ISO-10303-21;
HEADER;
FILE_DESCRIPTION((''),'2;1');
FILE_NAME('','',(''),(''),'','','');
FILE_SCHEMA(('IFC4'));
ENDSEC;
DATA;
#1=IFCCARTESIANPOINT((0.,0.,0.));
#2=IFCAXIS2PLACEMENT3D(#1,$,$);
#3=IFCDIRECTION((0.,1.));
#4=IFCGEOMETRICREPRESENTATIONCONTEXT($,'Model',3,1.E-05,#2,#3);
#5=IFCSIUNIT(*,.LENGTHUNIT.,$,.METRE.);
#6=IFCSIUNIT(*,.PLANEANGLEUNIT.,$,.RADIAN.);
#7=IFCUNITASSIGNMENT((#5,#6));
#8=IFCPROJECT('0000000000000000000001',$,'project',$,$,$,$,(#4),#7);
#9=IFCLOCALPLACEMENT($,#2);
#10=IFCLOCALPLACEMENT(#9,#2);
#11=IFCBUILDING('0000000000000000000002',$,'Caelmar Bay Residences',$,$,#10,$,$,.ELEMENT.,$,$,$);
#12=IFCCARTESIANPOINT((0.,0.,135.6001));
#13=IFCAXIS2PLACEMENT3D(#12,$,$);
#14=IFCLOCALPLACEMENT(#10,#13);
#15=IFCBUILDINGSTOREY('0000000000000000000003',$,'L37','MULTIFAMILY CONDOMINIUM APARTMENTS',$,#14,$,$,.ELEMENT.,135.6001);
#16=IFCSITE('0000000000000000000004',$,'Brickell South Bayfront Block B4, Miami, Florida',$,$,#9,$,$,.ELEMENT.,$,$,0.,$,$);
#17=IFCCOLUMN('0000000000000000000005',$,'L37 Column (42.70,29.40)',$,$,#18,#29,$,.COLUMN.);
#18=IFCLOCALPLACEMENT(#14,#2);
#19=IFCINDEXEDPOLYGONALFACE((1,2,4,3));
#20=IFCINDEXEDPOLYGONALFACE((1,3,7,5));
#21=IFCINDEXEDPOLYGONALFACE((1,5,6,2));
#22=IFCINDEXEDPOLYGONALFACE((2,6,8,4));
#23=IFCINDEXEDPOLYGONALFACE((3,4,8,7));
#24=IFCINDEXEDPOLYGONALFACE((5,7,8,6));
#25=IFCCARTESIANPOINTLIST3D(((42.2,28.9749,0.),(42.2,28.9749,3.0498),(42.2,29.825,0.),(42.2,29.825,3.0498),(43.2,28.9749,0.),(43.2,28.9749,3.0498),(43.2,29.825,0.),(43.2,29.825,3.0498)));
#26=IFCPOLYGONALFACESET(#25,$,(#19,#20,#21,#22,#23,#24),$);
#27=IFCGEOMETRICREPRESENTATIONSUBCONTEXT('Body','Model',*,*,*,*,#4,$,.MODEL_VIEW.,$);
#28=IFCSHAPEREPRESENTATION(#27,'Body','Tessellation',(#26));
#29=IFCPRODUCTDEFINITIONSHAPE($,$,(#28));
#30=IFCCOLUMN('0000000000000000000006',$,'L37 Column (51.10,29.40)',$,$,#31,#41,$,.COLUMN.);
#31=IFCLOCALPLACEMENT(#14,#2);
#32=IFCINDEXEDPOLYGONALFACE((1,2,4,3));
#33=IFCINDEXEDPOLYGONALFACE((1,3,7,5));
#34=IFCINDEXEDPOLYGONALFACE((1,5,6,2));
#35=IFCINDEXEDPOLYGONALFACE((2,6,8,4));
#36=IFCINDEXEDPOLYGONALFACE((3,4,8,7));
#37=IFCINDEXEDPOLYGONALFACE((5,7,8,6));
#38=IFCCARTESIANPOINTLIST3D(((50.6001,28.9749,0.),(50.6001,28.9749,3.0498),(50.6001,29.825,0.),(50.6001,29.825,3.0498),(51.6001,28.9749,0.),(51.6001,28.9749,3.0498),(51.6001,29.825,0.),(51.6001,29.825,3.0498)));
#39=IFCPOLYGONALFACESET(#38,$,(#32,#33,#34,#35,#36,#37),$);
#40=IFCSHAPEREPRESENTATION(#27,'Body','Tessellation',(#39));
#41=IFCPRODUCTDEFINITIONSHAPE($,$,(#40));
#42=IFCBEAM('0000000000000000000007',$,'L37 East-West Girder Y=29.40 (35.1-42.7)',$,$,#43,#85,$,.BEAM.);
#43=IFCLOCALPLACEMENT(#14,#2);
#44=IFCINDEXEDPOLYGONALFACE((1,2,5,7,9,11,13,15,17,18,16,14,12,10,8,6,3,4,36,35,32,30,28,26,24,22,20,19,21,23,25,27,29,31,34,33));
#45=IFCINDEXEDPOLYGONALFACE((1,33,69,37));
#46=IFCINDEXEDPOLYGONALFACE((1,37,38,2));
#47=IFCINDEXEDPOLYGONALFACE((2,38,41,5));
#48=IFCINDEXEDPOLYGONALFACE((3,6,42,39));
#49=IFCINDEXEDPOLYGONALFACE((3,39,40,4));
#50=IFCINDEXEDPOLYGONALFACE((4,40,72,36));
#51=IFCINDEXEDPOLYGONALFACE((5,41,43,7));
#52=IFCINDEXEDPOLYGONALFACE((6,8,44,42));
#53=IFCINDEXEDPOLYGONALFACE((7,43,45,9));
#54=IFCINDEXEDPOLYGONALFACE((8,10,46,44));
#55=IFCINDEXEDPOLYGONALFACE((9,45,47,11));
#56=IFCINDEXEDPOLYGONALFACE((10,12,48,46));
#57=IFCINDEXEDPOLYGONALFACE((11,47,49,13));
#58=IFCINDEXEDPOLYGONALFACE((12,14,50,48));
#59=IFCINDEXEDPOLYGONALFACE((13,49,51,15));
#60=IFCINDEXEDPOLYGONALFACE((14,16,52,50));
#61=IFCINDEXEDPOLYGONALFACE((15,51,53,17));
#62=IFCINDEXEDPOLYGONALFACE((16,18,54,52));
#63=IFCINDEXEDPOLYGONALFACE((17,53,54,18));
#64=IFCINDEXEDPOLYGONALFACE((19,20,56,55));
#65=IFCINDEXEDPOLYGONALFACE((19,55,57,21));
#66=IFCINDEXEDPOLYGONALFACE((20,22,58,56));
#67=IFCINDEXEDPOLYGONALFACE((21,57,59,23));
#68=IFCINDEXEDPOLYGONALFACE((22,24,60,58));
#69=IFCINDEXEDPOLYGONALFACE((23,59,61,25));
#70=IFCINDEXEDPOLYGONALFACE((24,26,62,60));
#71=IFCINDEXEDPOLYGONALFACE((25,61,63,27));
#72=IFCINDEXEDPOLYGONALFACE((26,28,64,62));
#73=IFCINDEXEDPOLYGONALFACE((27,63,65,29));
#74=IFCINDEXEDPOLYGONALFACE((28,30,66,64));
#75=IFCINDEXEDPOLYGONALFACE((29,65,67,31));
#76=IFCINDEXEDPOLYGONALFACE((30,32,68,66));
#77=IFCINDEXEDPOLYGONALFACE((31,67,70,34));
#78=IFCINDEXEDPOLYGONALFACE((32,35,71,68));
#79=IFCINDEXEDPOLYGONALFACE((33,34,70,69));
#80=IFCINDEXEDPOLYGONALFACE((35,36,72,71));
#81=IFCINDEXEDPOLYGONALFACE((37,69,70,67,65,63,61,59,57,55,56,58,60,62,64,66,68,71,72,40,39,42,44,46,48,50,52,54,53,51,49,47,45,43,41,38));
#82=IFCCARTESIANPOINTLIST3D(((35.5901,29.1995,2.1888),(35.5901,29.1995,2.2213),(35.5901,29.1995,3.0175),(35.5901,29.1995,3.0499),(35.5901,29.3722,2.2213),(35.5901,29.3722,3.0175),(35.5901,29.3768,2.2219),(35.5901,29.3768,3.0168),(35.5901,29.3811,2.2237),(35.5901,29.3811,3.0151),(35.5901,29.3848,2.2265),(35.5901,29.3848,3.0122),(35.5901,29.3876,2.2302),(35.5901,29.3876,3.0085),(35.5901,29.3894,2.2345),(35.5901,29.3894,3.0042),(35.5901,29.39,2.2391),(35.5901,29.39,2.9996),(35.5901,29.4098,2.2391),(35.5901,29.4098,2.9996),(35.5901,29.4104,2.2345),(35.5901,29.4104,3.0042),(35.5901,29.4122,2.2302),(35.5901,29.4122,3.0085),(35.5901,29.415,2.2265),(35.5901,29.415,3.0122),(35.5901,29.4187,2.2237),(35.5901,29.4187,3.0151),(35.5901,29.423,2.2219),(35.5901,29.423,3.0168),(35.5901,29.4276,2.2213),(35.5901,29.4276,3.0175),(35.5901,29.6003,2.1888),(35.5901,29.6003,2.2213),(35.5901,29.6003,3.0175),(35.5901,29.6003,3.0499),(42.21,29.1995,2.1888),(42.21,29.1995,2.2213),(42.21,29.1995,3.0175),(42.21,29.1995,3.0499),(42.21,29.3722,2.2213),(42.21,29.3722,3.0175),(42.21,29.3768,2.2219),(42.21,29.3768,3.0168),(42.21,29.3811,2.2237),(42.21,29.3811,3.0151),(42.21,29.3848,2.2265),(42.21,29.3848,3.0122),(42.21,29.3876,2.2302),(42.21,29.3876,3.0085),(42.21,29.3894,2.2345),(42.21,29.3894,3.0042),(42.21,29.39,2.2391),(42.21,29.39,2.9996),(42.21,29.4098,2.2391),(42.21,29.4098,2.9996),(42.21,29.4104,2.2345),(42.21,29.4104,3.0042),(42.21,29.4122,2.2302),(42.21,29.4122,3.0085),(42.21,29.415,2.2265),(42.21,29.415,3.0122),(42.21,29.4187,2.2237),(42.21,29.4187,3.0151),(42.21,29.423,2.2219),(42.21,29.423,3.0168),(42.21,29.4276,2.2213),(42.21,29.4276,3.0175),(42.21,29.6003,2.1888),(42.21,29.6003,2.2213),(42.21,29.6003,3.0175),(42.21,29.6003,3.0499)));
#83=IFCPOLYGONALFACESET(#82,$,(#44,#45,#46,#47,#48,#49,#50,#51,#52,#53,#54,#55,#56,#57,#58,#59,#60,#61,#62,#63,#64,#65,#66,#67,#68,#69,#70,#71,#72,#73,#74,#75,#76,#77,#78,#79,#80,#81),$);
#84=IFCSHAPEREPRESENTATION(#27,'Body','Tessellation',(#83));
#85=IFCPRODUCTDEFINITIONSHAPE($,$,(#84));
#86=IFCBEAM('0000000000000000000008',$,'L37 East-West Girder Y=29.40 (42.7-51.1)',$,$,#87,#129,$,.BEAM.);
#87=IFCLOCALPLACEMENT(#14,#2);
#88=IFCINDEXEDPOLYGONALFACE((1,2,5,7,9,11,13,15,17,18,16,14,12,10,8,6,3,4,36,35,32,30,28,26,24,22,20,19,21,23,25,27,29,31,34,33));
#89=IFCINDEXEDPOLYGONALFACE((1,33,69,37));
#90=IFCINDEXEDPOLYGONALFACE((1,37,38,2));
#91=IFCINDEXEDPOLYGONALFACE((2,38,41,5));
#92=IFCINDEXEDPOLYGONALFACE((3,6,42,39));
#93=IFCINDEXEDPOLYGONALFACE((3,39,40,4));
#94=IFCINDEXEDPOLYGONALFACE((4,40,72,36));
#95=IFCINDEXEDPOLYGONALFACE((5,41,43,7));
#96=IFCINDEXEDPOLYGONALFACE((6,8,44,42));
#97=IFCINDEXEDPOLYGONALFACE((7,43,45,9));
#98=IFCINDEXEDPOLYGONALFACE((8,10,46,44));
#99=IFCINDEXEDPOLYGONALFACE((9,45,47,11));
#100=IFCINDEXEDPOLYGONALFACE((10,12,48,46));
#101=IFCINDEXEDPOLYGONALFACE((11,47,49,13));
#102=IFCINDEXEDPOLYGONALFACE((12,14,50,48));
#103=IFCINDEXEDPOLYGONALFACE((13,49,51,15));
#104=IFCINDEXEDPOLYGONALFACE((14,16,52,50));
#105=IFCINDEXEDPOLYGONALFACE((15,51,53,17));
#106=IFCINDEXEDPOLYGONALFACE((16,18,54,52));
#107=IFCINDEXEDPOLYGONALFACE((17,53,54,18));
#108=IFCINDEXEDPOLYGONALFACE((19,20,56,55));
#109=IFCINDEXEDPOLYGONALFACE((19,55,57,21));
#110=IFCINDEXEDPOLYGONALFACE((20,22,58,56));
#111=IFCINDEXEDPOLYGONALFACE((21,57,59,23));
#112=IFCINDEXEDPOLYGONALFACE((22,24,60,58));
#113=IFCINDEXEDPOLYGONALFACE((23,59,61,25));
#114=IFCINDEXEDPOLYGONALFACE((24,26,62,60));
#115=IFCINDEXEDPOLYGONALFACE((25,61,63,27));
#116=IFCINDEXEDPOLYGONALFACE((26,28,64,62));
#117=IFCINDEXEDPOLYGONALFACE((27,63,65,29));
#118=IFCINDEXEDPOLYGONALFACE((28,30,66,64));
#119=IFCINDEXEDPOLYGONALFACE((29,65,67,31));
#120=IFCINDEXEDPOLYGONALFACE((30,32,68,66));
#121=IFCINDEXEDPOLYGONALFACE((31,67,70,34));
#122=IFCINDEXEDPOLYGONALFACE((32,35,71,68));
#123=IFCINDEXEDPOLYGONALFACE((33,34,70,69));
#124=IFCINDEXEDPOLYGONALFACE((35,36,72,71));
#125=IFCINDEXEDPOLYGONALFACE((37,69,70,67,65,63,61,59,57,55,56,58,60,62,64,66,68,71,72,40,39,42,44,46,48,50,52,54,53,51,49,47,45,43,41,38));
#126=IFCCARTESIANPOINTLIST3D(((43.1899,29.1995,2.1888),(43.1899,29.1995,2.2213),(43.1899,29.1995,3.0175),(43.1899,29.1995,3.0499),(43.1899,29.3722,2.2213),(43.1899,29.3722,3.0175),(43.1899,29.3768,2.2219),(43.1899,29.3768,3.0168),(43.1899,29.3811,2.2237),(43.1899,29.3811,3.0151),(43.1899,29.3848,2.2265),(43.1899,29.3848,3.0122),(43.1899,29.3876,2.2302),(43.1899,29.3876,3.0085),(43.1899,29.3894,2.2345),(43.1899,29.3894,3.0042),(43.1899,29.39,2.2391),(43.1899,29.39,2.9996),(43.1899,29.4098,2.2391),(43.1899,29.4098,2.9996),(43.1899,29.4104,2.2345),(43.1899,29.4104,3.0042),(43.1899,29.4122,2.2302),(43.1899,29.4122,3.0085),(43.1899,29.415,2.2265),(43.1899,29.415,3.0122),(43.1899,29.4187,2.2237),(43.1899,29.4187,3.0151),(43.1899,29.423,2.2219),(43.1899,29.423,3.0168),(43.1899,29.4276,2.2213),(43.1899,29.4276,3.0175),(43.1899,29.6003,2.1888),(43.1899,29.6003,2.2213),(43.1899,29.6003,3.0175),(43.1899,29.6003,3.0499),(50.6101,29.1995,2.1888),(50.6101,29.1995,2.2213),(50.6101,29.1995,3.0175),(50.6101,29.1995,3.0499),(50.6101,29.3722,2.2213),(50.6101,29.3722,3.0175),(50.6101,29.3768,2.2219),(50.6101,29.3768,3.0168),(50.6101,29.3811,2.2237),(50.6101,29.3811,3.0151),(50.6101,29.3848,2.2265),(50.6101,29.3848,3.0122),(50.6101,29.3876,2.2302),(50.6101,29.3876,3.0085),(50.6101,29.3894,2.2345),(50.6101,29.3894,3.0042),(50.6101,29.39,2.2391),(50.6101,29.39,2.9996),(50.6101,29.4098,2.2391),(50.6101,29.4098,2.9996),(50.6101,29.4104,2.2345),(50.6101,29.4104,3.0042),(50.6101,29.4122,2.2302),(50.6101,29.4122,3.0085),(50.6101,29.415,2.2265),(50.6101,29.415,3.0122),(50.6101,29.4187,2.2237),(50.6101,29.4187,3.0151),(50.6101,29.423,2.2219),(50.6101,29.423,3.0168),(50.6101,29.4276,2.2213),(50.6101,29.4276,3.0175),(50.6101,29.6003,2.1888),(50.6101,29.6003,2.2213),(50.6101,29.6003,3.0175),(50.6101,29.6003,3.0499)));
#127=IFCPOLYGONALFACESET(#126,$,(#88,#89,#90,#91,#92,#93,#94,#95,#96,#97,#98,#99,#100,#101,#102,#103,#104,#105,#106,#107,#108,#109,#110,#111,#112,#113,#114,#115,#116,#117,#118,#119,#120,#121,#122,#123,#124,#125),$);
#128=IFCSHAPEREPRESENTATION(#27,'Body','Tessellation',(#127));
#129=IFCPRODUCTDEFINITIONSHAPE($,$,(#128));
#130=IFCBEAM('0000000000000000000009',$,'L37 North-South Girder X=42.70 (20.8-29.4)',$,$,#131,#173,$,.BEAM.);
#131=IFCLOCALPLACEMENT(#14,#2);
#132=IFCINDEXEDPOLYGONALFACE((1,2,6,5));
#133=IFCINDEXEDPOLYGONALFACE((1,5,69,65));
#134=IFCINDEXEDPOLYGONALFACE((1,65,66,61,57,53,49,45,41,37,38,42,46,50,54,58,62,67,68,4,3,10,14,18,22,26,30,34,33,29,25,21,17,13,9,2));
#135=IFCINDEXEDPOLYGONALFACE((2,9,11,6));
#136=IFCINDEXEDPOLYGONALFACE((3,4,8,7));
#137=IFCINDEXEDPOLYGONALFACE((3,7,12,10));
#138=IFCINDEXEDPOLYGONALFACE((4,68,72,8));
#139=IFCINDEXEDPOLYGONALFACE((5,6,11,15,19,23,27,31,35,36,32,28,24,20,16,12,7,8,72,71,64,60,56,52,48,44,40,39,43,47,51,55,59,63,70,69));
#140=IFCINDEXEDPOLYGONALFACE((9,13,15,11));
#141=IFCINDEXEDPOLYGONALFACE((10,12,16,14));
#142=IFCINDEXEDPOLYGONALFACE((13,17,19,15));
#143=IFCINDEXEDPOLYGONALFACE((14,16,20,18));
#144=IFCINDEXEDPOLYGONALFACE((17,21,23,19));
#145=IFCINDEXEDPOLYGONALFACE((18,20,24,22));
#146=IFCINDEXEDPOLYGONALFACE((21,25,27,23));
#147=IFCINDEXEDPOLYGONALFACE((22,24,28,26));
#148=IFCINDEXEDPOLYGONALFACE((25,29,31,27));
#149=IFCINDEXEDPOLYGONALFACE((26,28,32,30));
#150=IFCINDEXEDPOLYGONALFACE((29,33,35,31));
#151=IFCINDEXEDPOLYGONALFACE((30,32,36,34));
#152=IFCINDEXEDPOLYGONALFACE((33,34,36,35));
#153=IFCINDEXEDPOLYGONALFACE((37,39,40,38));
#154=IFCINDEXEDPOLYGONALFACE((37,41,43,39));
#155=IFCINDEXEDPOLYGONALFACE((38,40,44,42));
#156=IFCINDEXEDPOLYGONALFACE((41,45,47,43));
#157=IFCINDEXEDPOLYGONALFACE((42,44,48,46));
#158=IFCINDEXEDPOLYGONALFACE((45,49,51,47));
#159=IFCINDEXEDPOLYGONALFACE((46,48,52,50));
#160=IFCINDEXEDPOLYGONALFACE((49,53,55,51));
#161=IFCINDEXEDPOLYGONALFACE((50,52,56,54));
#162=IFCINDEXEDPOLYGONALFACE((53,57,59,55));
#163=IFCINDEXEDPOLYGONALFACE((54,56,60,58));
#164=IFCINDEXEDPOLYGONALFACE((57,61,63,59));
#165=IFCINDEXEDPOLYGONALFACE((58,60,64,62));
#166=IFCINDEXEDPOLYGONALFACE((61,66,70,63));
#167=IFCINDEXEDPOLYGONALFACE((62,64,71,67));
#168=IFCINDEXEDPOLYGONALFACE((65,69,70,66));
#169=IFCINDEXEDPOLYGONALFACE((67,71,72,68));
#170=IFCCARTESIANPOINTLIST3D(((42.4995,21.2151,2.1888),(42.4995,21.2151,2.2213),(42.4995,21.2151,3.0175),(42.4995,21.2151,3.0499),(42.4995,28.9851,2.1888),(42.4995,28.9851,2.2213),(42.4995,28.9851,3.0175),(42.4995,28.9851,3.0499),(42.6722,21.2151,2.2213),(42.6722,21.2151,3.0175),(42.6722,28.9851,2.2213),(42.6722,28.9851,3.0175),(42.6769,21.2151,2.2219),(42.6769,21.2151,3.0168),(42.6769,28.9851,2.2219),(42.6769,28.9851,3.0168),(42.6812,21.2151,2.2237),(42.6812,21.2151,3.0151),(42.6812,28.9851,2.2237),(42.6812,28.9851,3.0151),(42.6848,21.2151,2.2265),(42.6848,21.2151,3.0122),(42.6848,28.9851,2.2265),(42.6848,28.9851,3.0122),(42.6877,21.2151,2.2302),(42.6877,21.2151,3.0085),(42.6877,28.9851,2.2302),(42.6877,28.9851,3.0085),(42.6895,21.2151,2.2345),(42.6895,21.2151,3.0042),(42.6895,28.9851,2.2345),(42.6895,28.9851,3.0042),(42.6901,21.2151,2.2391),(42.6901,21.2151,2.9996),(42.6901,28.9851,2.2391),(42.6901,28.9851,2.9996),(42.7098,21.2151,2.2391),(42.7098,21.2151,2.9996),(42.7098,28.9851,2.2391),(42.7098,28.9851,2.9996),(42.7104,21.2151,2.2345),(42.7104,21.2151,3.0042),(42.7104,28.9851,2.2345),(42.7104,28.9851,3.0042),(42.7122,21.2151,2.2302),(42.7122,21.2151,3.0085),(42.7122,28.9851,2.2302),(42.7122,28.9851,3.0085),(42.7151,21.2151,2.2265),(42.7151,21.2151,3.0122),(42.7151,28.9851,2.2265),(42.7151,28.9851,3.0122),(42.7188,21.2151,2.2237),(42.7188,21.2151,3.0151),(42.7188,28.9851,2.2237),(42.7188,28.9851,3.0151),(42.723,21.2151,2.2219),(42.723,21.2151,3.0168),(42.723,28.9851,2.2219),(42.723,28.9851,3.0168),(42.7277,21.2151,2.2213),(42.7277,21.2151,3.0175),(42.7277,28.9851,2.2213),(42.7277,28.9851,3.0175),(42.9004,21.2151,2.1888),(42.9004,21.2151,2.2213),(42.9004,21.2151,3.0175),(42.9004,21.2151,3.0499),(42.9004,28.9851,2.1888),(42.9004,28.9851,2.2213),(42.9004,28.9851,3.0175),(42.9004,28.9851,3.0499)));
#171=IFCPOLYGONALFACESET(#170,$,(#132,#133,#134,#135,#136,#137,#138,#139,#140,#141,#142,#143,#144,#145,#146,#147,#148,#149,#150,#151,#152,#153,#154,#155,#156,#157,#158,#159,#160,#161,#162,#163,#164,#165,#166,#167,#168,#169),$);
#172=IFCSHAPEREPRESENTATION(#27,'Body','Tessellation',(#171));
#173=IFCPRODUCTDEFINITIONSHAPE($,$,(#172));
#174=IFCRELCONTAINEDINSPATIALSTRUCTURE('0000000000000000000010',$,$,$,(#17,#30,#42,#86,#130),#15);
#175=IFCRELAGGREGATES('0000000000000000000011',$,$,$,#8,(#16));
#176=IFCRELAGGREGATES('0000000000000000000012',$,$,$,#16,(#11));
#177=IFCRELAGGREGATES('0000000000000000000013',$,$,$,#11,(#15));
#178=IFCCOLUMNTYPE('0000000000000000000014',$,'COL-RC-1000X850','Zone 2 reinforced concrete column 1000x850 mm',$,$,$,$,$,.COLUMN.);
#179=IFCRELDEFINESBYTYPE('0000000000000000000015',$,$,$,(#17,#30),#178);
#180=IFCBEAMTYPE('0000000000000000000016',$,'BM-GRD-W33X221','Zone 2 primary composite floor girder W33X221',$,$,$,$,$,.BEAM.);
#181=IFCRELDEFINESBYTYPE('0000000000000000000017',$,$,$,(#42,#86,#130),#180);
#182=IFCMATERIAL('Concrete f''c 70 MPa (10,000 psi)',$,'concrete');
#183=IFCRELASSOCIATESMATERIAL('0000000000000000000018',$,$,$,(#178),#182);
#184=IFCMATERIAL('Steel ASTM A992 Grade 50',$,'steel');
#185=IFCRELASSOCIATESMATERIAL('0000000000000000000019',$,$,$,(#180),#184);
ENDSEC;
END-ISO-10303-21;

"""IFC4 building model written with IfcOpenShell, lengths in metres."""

from ifc_helpers import new_model, si_unit, direction, frame, origin, origin_2d, place, context, subcontext, project, spatial, rectangle, i_section, extrude, material, material_profile, profile_set, type_object, element, save


model = new_model("IFC4")

# Units and contexts
model_context = context("Model", 3, precision=1e-05, world=origin(), true_north=direction((0.0, 1.0)))
body_context = subcontext(model_context, "Body", "Model", "MODEL_VIEW")
ifc_project = project(units=[si_unit("LENGTHUNIT", "METRE"), si_unit("PLANEANGLEUNIT", "RADIAN")], contexts=[model_context])

# Site, building, storey
site_placement = place(None, origin())
site = spatial("IfcSite", under=ifc_project, at=site_placement, Name="Brickell South Bayfront Block B4, Miami, Florida", CompositionType="ELEMENT", RefElevation=0.0)
building_placement = place(site_placement, origin())
building = spatial("IfcBuilding", under=site, at=building_placement, Name="Caelmar Bay Residences", CompositionType="ELEMENT")
storey_placement = place(building_placement, frame((0.0, 0.0, 135.6001)))
storey = spatial("IfcBuildingStorey", under=building, at=storey_placement, Name="L37", Description="MULTIFAMILY CONDOMINIUM APARTMENTS", CompositionType="ELEMENT", Elevation=135.6001)

# Columns
ifc_material_1 = material(Name="Concrete f'c 70 MPa (10,000 psi)", Category="concrete")
ifc_material_profile_1 = material_profile(ifc_material_1, rectangle(XDim=1.0, YDim=0.8501, at=origin_2d()), Name="RC-COL-1000X850")
ifc_profile_set_1 = profile_set([ifc_material_profile_1], Name="Concrete f'c 70 MPa (10,000 psi)")
column_type = type_object("IfcColumnType", Name="COL-RC-1000X850", Description="Zone 2 reinforced concrete column 1000x850 mm", PredefinedType="COLUMN", material=ifc_profile_set_1)
for number, where, z_axis, x_axis, name in (
    (1, (42.7, 29.3999, 0.0), (0.0, 0.0, 1.0), (1.0, 0.0, 0.0), "L37 Column (42.70,29.40)"),
    (2, (51.1001, 29.3999, 0.0), (0.0, 0.0, 1.0), (1.0, 0.0, 0.0), "L37 Column (51.10,29.40)"),
):
    element("IfcColumn", number, at=place(storey_placement, frame(where, z_axis=z_axis, x_axis=x_axis)), inside=storey, type_object=column_type, Name=name, PredefinedType="COLUMN", context=body_context, shape_type="SweptSolid", body=[
        extrude(rectangle(XDim=1.0, YDim=0.8501, at=origin_2d()), origin(), (0.0, 0.0, 1.0), 3.0498),
    ])

# Beams
ifc_material_2 = material(Name="Steel ASTM A992 Grade 50", Category="steel")
ifc_material_profile_2 = material_profile(ifc_material_2, i_section(OverallWidth=0.4009, OverallDepth=0.8611, WebThickness=0.0198, FlangeThickness=0.0325, FilletRadius=0.0178, at=origin_2d()), Name="W33X221")
ifc_profile_set_2 = profile_set([ifc_material_profile_2], Name="Steel ASTM A992 Grade 50")
beam_type_1 = type_object("IfcBeamType", Name="BM-GRD-W33X221", Description="Zone 2 primary composite floor girder W33X221", PredefinedType="BEAM", material=ifc_profile_set_2)
beam_1_placement = place(storey_placement, frame((35.5901, 29.3999, 2.6194), z_axis=(1.0, 0.0, 0.0), x_axis=(0.0, 1.0, 0.0)))
element("IfcBeam", 3, at=beam_1_placement, inside=storey, type_object=beam_type_1, Name="L37 East-West Girder Y=29.40 (35.1-42.7)", PredefinedType="BEAM", context=body_context, shape_type="SweptSolid", body=[
    extrude(i_section(OverallWidth=0.4009, OverallDepth=0.8611, WebThickness=0.0198, FlangeThickness=0.0325, FilletRadius=0.0178, at=origin_2d()), origin(), (0.0, 0.0, 1.0), 6.6199),
])
beam_2_placement = place(storey_placement, frame((43.1899, 29.3999, 2.6194), z_axis=(1.0, 0.0, 0.0), x_axis=(0.0, 1.0, 0.0)))
element("IfcBeam", 4, at=beam_2_placement, inside=storey, type_object=beam_type_1, Name="L37 East-West Girder Y=29.40 (42.7-51.1)", PredefinedType="BEAM", context=body_context, shape_type="SweptSolid", body=[
    extrude(i_section(OverallWidth=0.4009, OverallDepth=0.8611, WebThickness=0.0198, FlangeThickness=0.0325, FilletRadius=0.0178, at=origin_2d()), origin(), (0.0, 0.0, 1.0), 7.4202),
])
beam_3_placement = place(storey_placement, frame((42.7, 21.2151, 2.6194), z_axis=(0.0, 1.0, 0.0), x_axis=(-1.0, 0.0, 0.0)))
element("IfcBeam", 5, at=beam_3_placement, inside=storey, type_object=beam_type_1, Name="L37 North-South Girder X=42.70 (20.8-29.4)", PredefinedType="BEAM", context=body_context, shape_type="SweptSolid", body=[
    extrude(i_section(OverallWidth=0.4009, OverallDepth=0.8611, WebThickness=0.0198, FlangeThickness=0.0325, FilletRadius=0.0178, at=origin_2d()), origin(), (0.0, 0.0, 1.0), 7.77),
])

save(model, "model.ifc")
